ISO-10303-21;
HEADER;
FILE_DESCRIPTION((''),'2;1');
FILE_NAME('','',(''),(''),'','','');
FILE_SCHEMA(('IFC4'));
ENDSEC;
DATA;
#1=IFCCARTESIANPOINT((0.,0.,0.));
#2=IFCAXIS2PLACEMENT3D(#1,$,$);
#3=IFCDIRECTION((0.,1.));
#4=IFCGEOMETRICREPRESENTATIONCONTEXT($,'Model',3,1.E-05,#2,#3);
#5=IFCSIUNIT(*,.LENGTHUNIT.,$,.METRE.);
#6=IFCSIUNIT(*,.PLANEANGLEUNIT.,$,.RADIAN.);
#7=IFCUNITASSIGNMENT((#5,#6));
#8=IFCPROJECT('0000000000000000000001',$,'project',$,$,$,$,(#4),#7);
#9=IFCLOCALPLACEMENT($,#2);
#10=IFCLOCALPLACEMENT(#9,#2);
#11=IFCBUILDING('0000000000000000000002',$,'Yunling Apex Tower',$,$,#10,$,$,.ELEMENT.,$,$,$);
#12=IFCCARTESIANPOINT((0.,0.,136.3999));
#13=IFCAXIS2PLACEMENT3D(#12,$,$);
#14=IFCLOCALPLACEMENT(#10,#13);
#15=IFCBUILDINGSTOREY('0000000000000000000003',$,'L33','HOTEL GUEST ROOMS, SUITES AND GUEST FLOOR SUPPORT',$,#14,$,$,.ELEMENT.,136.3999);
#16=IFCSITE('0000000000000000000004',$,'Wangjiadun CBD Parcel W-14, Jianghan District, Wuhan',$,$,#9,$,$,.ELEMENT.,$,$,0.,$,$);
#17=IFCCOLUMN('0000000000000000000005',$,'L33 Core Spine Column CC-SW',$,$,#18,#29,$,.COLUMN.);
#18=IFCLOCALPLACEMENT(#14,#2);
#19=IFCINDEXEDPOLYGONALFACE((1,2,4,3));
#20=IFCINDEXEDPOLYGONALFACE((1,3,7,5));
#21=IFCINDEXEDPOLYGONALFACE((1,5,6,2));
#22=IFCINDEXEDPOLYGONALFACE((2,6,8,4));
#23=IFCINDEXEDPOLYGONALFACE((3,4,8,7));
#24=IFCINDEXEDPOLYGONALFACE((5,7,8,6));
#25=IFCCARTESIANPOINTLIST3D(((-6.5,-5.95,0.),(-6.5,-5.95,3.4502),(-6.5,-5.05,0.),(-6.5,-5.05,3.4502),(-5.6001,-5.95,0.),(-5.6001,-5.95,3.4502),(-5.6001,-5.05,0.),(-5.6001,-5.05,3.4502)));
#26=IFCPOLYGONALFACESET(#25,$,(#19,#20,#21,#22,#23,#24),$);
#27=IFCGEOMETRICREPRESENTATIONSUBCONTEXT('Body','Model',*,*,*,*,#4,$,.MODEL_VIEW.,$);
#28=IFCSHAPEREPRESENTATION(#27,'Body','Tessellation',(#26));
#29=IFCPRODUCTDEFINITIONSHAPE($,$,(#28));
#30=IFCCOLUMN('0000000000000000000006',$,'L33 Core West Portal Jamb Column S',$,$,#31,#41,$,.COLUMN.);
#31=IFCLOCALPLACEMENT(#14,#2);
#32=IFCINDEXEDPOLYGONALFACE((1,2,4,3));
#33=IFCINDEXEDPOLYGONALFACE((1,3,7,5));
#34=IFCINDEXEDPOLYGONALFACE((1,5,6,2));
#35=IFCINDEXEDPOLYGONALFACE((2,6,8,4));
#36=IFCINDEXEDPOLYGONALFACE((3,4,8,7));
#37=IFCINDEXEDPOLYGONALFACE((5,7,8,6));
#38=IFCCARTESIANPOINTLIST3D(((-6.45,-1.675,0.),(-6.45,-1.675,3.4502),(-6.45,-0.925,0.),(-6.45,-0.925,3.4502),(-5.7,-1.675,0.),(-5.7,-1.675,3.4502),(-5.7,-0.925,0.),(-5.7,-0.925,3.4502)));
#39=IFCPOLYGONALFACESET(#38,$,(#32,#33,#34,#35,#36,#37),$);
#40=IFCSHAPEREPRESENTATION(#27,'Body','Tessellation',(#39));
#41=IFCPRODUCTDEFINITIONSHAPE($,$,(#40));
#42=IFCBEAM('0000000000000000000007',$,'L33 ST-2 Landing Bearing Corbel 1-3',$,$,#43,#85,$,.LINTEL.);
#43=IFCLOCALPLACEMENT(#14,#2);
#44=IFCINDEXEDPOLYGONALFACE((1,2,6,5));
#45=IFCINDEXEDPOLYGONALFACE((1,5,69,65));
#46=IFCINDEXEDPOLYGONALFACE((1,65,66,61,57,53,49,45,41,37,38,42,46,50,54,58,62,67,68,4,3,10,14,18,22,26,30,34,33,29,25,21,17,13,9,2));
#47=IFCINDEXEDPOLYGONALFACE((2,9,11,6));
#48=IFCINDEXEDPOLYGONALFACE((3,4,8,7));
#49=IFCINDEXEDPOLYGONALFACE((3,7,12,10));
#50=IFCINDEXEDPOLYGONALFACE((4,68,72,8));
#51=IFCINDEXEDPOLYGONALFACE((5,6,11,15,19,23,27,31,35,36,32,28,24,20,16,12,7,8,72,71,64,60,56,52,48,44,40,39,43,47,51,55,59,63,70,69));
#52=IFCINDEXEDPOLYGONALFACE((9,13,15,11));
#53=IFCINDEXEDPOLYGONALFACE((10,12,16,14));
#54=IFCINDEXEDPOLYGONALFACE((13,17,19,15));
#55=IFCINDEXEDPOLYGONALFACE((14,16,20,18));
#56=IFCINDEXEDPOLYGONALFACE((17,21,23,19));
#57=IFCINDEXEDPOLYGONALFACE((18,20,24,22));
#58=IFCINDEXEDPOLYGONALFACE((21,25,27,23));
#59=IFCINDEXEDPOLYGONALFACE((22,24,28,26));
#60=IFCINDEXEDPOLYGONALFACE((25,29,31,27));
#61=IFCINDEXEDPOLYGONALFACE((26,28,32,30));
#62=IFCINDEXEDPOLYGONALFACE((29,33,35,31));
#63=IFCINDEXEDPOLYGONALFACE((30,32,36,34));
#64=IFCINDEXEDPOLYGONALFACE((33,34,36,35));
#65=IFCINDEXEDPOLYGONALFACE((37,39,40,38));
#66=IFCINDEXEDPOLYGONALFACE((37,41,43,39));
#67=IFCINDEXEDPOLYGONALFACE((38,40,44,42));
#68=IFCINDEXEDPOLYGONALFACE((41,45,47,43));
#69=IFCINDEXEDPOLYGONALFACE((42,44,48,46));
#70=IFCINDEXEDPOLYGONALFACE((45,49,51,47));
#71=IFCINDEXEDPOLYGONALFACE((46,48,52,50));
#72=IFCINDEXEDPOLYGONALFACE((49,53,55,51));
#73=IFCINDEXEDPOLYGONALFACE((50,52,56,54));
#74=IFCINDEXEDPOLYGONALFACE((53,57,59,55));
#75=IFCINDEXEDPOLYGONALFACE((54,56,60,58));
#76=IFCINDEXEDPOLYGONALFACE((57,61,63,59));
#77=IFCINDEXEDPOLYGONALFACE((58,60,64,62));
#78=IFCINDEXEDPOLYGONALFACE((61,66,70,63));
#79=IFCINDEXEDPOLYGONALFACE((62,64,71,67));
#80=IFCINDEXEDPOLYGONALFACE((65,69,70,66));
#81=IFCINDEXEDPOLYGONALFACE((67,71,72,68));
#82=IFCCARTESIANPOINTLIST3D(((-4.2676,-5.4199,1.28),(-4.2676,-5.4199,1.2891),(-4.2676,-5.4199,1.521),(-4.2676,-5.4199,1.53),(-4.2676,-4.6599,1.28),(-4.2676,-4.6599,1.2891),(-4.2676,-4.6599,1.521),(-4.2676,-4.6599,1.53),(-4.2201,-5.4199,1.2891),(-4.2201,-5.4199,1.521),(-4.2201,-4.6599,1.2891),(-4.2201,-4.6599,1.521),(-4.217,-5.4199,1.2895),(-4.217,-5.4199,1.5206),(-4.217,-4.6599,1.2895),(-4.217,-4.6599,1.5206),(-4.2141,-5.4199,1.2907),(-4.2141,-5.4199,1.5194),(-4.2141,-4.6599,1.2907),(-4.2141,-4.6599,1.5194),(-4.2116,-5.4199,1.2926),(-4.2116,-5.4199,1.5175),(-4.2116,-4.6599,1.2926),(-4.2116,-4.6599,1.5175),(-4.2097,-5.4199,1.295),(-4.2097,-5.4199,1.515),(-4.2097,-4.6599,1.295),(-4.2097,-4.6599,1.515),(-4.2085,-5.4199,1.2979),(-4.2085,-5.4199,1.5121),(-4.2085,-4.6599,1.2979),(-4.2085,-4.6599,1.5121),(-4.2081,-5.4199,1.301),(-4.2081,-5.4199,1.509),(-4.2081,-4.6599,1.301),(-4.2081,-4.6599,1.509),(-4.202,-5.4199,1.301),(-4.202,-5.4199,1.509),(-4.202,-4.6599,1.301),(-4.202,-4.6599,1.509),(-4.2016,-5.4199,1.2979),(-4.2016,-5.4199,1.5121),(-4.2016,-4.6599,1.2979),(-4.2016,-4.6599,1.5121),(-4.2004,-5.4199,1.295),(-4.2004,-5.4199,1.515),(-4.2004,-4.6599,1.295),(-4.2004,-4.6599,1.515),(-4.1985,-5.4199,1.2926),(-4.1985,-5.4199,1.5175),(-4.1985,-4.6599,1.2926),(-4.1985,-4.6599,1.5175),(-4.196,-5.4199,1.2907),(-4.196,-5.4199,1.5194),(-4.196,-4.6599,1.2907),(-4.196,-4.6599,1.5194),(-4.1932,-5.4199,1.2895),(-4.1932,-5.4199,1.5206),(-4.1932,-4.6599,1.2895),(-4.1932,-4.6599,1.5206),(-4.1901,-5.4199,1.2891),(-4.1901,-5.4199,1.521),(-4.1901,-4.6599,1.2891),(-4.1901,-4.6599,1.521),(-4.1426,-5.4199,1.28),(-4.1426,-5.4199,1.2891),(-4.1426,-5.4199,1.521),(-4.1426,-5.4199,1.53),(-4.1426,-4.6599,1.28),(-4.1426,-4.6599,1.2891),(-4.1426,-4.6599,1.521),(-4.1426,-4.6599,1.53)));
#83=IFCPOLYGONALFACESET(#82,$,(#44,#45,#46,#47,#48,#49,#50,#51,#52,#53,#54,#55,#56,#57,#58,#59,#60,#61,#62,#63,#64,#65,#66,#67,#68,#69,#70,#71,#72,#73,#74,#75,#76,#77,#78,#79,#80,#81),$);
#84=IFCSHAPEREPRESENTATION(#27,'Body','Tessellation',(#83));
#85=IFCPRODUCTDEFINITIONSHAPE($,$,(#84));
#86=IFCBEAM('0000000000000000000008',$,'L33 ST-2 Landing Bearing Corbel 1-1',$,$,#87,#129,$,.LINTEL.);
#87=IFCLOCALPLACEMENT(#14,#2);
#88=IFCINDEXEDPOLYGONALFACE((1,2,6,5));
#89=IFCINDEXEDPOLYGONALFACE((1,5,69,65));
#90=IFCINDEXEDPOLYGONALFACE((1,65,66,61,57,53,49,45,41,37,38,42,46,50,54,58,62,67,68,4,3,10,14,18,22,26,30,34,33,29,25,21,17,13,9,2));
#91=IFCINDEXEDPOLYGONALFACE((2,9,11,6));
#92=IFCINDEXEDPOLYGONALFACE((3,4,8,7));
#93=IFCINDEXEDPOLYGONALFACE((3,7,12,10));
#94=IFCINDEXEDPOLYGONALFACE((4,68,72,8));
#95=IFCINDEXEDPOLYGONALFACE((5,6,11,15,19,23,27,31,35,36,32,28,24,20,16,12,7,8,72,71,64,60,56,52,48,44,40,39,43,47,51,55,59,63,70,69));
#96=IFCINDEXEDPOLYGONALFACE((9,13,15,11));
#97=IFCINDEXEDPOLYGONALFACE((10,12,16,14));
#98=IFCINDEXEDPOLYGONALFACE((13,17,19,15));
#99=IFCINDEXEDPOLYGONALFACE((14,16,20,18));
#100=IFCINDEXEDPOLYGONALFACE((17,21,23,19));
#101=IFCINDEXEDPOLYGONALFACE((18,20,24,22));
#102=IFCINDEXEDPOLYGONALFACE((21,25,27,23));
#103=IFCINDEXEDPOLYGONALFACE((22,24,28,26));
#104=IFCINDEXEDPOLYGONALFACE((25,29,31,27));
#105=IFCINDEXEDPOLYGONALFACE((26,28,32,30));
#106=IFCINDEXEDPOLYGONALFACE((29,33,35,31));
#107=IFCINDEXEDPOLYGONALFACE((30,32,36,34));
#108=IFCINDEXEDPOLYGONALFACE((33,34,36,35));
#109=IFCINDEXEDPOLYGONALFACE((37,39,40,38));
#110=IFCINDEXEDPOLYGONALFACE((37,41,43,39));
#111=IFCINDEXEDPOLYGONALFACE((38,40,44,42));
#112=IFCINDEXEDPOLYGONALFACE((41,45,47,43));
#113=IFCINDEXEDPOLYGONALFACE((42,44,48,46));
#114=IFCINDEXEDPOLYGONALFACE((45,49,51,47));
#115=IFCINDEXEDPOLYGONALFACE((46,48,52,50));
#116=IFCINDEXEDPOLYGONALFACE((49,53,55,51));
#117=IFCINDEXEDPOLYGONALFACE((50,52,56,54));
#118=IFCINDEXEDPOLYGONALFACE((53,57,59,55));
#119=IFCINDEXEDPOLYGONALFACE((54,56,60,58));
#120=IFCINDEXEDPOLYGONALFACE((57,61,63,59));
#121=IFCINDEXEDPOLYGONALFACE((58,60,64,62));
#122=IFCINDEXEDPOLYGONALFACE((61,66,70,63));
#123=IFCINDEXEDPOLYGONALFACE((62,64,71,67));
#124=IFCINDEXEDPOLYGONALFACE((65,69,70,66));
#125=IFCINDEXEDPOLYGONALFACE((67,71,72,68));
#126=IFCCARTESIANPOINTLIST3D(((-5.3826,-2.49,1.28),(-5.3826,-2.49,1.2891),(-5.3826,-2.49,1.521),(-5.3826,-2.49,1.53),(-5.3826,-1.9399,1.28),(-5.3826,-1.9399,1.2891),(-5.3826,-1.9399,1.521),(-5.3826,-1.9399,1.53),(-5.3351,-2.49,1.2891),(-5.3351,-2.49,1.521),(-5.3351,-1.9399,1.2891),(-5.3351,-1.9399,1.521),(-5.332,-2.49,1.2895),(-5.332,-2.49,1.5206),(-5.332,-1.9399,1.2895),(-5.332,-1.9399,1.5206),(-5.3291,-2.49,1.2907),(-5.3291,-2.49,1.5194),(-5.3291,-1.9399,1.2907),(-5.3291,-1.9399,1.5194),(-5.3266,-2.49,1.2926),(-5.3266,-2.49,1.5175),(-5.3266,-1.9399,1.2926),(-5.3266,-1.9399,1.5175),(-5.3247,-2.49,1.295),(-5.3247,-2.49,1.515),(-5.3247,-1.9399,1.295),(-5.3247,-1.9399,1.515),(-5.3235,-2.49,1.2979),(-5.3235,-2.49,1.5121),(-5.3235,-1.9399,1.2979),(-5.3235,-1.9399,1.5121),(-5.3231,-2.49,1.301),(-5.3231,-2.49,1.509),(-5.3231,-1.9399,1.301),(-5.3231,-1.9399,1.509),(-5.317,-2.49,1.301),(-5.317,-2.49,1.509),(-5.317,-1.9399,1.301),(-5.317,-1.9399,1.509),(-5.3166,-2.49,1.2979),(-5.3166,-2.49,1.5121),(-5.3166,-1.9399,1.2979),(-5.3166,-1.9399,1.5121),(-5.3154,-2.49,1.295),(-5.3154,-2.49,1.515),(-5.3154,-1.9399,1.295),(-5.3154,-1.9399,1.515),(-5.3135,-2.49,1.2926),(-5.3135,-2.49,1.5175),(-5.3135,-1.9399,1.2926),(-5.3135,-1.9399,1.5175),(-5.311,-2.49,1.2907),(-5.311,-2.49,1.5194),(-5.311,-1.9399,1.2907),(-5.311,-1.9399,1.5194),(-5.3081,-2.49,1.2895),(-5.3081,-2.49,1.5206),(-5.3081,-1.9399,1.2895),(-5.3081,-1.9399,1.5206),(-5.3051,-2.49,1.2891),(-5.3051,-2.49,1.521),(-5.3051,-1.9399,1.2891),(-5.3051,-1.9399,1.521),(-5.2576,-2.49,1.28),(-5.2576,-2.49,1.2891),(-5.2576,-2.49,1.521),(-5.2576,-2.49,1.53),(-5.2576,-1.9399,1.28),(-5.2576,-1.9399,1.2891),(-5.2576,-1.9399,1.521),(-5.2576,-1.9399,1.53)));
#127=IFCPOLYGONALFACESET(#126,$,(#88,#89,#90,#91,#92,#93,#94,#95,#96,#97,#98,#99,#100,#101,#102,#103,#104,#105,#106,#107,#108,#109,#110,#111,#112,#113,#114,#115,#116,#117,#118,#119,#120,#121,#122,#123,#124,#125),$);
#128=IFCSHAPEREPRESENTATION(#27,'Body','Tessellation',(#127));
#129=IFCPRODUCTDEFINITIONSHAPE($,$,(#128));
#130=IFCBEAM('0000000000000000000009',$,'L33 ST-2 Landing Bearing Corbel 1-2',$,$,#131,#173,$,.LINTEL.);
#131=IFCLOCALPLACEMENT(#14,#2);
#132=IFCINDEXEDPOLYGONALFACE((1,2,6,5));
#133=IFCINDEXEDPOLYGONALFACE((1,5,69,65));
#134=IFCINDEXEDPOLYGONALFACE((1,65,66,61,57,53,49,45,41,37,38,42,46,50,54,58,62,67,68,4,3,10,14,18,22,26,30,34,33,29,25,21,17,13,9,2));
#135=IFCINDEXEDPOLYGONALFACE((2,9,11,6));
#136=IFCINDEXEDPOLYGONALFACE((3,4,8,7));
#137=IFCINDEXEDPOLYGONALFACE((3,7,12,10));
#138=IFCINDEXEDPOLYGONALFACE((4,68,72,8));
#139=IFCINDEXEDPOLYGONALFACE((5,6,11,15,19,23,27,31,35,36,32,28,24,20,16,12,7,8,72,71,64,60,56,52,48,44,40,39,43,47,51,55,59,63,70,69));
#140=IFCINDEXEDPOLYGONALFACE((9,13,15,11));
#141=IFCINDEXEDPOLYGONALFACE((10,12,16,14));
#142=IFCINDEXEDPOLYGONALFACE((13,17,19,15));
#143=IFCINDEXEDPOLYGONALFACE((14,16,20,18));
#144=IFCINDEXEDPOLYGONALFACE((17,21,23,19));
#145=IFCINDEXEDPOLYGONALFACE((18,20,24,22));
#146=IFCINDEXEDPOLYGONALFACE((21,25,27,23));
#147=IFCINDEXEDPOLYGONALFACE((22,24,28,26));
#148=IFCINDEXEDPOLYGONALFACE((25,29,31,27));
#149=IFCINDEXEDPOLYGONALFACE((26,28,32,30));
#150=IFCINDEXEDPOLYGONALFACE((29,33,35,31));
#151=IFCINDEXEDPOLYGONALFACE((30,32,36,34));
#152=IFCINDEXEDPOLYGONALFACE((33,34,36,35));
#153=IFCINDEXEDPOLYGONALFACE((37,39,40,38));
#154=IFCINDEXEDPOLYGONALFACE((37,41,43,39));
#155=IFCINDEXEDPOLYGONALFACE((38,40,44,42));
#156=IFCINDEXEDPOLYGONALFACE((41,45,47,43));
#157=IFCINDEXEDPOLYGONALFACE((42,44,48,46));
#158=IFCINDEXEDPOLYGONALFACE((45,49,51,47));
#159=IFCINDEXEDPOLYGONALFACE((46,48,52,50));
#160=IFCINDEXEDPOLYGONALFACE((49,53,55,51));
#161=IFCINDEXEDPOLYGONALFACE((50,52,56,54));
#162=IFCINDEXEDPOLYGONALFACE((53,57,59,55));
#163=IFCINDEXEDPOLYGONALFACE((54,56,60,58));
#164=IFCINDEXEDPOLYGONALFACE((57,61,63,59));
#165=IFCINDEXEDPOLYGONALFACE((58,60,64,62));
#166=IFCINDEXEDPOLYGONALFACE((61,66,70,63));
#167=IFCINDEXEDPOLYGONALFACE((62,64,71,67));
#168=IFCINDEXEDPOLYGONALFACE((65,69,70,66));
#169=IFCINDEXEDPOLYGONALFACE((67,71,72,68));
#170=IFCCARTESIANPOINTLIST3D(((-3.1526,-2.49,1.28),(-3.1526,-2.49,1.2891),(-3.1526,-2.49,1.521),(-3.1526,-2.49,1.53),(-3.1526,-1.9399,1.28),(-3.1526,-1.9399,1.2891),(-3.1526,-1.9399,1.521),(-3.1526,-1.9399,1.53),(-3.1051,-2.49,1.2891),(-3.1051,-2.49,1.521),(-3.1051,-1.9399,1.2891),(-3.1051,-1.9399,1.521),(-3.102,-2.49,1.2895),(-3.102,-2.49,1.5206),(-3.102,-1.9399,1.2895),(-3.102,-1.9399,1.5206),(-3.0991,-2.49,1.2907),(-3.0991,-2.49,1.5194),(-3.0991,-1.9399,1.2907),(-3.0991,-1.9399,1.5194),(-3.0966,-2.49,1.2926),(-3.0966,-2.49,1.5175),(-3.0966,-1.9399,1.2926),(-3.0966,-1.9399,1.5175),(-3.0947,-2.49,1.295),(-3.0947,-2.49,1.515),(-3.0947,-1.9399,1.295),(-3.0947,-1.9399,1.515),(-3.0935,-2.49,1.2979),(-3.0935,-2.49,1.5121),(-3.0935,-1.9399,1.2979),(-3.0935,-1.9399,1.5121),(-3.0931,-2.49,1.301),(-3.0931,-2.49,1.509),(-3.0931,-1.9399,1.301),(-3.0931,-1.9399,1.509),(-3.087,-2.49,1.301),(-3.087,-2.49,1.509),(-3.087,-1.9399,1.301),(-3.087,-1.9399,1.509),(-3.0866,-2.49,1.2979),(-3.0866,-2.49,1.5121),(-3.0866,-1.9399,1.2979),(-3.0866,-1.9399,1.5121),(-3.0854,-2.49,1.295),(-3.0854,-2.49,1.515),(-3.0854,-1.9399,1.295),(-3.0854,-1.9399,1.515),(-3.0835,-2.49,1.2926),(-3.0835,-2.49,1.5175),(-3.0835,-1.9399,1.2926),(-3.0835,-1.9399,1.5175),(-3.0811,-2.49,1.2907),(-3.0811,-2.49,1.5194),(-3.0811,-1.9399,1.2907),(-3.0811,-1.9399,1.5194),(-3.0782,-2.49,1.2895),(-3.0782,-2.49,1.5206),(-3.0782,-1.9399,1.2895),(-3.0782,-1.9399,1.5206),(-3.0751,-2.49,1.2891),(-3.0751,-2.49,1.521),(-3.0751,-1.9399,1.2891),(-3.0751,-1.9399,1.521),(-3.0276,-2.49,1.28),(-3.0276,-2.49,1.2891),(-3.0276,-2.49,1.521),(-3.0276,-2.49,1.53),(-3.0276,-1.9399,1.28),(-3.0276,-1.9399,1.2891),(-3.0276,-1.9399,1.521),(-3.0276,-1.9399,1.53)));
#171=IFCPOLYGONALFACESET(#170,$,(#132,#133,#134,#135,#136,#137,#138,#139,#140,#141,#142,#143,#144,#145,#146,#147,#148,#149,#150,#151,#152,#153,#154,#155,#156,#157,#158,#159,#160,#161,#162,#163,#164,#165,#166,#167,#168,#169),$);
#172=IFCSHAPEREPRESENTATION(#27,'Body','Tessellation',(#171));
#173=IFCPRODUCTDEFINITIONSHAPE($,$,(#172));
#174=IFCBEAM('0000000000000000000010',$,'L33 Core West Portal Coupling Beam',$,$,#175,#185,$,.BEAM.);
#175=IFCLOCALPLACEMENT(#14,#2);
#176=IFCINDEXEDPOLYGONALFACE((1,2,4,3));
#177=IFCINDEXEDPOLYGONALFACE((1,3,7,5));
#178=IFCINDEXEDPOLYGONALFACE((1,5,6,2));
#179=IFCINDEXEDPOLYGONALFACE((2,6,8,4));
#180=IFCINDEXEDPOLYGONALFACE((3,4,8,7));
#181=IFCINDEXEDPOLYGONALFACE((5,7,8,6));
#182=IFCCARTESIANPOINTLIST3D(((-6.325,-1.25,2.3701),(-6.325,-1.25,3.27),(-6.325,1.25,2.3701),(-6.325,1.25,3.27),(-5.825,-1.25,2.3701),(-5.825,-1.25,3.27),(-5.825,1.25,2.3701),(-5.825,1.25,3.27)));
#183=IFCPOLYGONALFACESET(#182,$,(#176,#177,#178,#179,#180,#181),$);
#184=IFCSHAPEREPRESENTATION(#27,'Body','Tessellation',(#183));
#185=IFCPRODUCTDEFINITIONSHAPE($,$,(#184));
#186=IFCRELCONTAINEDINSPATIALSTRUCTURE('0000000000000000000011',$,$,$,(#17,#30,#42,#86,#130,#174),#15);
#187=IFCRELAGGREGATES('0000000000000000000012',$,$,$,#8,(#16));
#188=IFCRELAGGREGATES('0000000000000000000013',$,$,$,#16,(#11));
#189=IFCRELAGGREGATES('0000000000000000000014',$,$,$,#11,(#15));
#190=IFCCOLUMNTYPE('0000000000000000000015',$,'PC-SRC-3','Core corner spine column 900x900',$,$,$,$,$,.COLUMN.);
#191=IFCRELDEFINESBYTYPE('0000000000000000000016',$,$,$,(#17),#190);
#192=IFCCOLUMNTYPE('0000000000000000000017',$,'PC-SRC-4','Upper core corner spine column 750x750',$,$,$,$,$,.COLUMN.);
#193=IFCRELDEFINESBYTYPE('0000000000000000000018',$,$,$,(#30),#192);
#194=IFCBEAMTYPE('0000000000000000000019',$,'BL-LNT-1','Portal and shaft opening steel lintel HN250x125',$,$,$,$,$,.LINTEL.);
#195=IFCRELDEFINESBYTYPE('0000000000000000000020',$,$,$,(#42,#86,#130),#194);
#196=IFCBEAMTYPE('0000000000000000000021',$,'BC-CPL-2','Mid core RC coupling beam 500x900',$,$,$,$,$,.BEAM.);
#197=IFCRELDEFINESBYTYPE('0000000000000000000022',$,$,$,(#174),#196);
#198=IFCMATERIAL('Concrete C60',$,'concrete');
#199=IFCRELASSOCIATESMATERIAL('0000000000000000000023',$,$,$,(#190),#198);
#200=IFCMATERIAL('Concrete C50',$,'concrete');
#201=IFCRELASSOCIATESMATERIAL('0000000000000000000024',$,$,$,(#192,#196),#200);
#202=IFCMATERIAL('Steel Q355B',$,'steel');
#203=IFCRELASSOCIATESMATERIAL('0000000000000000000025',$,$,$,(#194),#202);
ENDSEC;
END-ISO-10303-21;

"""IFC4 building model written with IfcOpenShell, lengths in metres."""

from ifc_helpers import new_model, si_unit, direction, frame, origin, origin_2d, place, context, subcontext, project, spatial, rectangle, i_section, extrude, source, transform, mapped, material, material_profile, profile_set, type_object, element, save


model = new_model("IFC4")

# Units and contexts
model_context = context("Model", 3, precision=1e-05, world=origin(), true_north=direction((0.0, 1.0)))
body_context = subcontext(model_context, "Body", "Model", "MODEL_VIEW")
ifc_project = project(units=[si_unit("LENGTHUNIT", "METRE"), si_unit("PLANEANGLEUNIT", "RADIAN")], contexts=[model_context])

# Site, building, storey
site_placement = place(None, origin())
site = spatial("IfcSite", under=ifc_project, at=site_placement, Name="Wangjiadun CBD Parcel W-14, Jianghan District, Wuhan", CompositionType="ELEMENT", RefElevation=0.0)
building_placement = place(site_placement, origin())
building = spatial("IfcBuilding", under=site, at=building_placement, Name="Yunling Apex Tower", CompositionType="ELEMENT")
storey_placement = place(building_placement, frame((0.0, 0.0, 136.3999)))
storey = spatial("IfcBuildingStorey", under=building, at=storey_placement, Name="L33", Description="HOTEL GUEST ROOMS, SUITES AND GUEST FLOOR SUPPORT", CompositionType="ELEMENT", Elevation=136.3999)

# Columns
ifc_material_1 = material(Name="Concrete C60", Category="concrete")
ifc_material_profile_1 = material_profile(ifc_material_1, rectangle(XDim=0.8999, YDim=0.8999, at=origin_2d()))
ifc_profile_set_1 = profile_set([ifc_material_profile_1], Name="Concrete C60")
column_type_1 = type_object("IfcColumnType", Name="PC-SRC-3", Description="Core corner spine column 900x900", PredefinedType="COLUMN", material=ifc_profile_set_1)
shared_shape_1 = source(origin(), body_context, "Body", "SweptSolid", [
    extrude(rectangle(XDim=0.8999, YDim=0.8999, at=origin_2d()), origin(), (0.0, 0.0, 1.0), 3.4502),
])
column_1_placement = place(storey_placement, frame((-6.05, -5.5, 0.0), z_axis=(0.0, 0.0, 1.0), x_axis=(1.0, 0.0, 0.0)))
element("IfcColumn", 1, at=column_1_placement, inside=storey, type_object=column_type_1, Name="L33 Core Spine Column CC-SW", PredefinedType="COLUMN", context=body_context, shape_type="MappedRepresentation", body=[
    mapped(shared_shape_1, transform((0.0, 0.0, 0.0), scale=1.0)),
])
ifc_material_2 = material(Name="Concrete C50", Category="concrete")
ifc_material_profile_2 = material_profile(ifc_material_2, rectangle(XDim=0.75, YDim=0.75, at=origin_2d()))
ifc_profile_set_2 = profile_set([ifc_material_profile_2], Name="Concrete C50")
column_type_2 = type_object("IfcColumnType", Name="PC-SRC-4", Description="Upper core corner spine column 750x750", PredefinedType="COLUMN", material=ifc_profile_set_2)
shared_shape_2 = source(origin(), body_context, "Body", "SweptSolid", [
    extrude(rectangle(XDim=0.75, YDim=0.75, at=origin_2d()), origin(), (0.0, 0.0, 1.0), 3.4502),
])
column_2_placement = place(storey_placement, frame((-6.075, -1.3, 0.0), z_axis=(0.0, 0.0, 1.0), x_axis=(1.0, 0.0, 0.0)))
element("IfcColumn", 2, at=column_2_placement, inside=storey, type_object=column_type_2, Name="L33 Core West Portal Jamb Column S", PredefinedType="COLUMN", context=body_context, shape_type="MappedRepresentation", body=[
    mapped(shared_shape_2, transform((0.0, 0.0, 0.0), scale=1.0)),
])

# Beams
ifc_material_3 = material(Name="Steel Q355B", Category="steel")
ifc_material_profile_3 = material_profile(ifc_material_3, i_section(OverallWidth=0.125, OverallDepth=0.25, WebThickness=0.0061, FlangeThickness=0.009, FilletRadius=0.012, at=origin_2d()))
ifc_profile_set_3 = profile_set([ifc_material_profile_3], Name="Steel Q355B")
beam_type_1 = type_object("IfcBeamType", Name="BL-LNT-1", Description="Portal and shaft opening steel lintel HN250x125", PredefinedType="LINTEL", material=ifc_profile_set_3)
shared_shape_3 = source(origin(), body_context, "Body", "SweptSolid", [
    extrude(i_section(OverallWidth=0.125, OverallDepth=0.25, WebThickness=0.0061, FlangeThickness=0.009, FilletRadius=0.012, at=origin_2d()), origin(), (0.0, 0.0, 1.0), 0.76),
])
beam_1_placement = place(storey_placement, frame((-4.2051, -5.4199, 1.405), z_axis=(0.0, 1.0, 0.0), x_axis=(-1.0, 0.0, 0.0)))
element("IfcBeam", 3, at=beam_1_placement, inside=storey, type_object=beam_type_1, Name="L33 ST-2 Landing Bearing Corbel 1-3", PredefinedType="LINTEL", context=body_context, shape_type="MappedRepresentation", body=[
    mapped(shared_shape_3, transform((0.0, 0.0, 0.0), scale=1.0)),
])
shared_shape_4 = source(origin(), body_context, "Body", "SweptSolid", [
    extrude(i_section(OverallWidth=0.125, OverallDepth=0.25, WebThickness=0.0061, FlangeThickness=0.009, FilletRadius=0.012, at=origin_2d()), origin(), (0.0, 0.0, 1.0), 0.55),
])
for number, where, z_axis, x_axis, name in (
    (4, (-5.3201, -1.9399, 1.405), (0.0, -1.0, 0.0), (1.0, 0.0, 0.0), "L33 ST-2 Landing Bearing Corbel 1-1"),
    (5, (-3.0901, -1.9399, 1.405), (0.0, -1.0, 0.0), (1.0, 0.0, 0.0), "L33 ST-2 Landing Bearing Corbel 1-2"),
):
    element("IfcBeam", number, at=place(storey_placement, frame(where, z_axis=z_axis, x_axis=x_axis)), inside=storey, type_object=beam_type_1, Name=name, PredefinedType="LINTEL", context=body_context, shape_type="MappedRepresentation", body=[
        mapped(shared_shape_4, transform((0.0, 0.0, 0.0), scale=1.0)),
    ])
ifc_material_profile_4 = material_profile(ifc_material_2, rectangle(XDim=0.5, YDim=0.8999, at=origin_2d()))
ifc_profile_set_4 = profile_set([ifc_material_profile_4], Name="Concrete C50")
beam_type_2 = type_object("IfcBeamType", Name="BC-CPL-2", Description="Mid core RC coupling beam 500x900", PredefinedType="BEAM", material=ifc_profile_set_4)
shared_shape_5 = source(origin(), body_context, "Body", "SweptSolid", [
    extrude(rectangle(XDim=0.5, YDim=0.8999, at=origin_2d()), origin(), (0.0, 0.0, 1.0), 2.5),
])
beam_2_placement = place(storey_placement, frame((-6.075, -1.25, 2.8201), z_axis=(0.0, 1.0, 0.0), x_axis=(-1.0, 0.0, 0.0)))
element("IfcBeam", 6, at=beam_2_placement, inside=storey, type_object=beam_type_2, Name="L33 Core West Portal Coupling Beam", PredefinedType="BEAM", context=body_context, shape_type="MappedRepresentation", body=[
    mapped(shared_shape_5, transform((0.0, 0.0, 0.0), scale=1.0)),
])

save(model, "model.ifc")
